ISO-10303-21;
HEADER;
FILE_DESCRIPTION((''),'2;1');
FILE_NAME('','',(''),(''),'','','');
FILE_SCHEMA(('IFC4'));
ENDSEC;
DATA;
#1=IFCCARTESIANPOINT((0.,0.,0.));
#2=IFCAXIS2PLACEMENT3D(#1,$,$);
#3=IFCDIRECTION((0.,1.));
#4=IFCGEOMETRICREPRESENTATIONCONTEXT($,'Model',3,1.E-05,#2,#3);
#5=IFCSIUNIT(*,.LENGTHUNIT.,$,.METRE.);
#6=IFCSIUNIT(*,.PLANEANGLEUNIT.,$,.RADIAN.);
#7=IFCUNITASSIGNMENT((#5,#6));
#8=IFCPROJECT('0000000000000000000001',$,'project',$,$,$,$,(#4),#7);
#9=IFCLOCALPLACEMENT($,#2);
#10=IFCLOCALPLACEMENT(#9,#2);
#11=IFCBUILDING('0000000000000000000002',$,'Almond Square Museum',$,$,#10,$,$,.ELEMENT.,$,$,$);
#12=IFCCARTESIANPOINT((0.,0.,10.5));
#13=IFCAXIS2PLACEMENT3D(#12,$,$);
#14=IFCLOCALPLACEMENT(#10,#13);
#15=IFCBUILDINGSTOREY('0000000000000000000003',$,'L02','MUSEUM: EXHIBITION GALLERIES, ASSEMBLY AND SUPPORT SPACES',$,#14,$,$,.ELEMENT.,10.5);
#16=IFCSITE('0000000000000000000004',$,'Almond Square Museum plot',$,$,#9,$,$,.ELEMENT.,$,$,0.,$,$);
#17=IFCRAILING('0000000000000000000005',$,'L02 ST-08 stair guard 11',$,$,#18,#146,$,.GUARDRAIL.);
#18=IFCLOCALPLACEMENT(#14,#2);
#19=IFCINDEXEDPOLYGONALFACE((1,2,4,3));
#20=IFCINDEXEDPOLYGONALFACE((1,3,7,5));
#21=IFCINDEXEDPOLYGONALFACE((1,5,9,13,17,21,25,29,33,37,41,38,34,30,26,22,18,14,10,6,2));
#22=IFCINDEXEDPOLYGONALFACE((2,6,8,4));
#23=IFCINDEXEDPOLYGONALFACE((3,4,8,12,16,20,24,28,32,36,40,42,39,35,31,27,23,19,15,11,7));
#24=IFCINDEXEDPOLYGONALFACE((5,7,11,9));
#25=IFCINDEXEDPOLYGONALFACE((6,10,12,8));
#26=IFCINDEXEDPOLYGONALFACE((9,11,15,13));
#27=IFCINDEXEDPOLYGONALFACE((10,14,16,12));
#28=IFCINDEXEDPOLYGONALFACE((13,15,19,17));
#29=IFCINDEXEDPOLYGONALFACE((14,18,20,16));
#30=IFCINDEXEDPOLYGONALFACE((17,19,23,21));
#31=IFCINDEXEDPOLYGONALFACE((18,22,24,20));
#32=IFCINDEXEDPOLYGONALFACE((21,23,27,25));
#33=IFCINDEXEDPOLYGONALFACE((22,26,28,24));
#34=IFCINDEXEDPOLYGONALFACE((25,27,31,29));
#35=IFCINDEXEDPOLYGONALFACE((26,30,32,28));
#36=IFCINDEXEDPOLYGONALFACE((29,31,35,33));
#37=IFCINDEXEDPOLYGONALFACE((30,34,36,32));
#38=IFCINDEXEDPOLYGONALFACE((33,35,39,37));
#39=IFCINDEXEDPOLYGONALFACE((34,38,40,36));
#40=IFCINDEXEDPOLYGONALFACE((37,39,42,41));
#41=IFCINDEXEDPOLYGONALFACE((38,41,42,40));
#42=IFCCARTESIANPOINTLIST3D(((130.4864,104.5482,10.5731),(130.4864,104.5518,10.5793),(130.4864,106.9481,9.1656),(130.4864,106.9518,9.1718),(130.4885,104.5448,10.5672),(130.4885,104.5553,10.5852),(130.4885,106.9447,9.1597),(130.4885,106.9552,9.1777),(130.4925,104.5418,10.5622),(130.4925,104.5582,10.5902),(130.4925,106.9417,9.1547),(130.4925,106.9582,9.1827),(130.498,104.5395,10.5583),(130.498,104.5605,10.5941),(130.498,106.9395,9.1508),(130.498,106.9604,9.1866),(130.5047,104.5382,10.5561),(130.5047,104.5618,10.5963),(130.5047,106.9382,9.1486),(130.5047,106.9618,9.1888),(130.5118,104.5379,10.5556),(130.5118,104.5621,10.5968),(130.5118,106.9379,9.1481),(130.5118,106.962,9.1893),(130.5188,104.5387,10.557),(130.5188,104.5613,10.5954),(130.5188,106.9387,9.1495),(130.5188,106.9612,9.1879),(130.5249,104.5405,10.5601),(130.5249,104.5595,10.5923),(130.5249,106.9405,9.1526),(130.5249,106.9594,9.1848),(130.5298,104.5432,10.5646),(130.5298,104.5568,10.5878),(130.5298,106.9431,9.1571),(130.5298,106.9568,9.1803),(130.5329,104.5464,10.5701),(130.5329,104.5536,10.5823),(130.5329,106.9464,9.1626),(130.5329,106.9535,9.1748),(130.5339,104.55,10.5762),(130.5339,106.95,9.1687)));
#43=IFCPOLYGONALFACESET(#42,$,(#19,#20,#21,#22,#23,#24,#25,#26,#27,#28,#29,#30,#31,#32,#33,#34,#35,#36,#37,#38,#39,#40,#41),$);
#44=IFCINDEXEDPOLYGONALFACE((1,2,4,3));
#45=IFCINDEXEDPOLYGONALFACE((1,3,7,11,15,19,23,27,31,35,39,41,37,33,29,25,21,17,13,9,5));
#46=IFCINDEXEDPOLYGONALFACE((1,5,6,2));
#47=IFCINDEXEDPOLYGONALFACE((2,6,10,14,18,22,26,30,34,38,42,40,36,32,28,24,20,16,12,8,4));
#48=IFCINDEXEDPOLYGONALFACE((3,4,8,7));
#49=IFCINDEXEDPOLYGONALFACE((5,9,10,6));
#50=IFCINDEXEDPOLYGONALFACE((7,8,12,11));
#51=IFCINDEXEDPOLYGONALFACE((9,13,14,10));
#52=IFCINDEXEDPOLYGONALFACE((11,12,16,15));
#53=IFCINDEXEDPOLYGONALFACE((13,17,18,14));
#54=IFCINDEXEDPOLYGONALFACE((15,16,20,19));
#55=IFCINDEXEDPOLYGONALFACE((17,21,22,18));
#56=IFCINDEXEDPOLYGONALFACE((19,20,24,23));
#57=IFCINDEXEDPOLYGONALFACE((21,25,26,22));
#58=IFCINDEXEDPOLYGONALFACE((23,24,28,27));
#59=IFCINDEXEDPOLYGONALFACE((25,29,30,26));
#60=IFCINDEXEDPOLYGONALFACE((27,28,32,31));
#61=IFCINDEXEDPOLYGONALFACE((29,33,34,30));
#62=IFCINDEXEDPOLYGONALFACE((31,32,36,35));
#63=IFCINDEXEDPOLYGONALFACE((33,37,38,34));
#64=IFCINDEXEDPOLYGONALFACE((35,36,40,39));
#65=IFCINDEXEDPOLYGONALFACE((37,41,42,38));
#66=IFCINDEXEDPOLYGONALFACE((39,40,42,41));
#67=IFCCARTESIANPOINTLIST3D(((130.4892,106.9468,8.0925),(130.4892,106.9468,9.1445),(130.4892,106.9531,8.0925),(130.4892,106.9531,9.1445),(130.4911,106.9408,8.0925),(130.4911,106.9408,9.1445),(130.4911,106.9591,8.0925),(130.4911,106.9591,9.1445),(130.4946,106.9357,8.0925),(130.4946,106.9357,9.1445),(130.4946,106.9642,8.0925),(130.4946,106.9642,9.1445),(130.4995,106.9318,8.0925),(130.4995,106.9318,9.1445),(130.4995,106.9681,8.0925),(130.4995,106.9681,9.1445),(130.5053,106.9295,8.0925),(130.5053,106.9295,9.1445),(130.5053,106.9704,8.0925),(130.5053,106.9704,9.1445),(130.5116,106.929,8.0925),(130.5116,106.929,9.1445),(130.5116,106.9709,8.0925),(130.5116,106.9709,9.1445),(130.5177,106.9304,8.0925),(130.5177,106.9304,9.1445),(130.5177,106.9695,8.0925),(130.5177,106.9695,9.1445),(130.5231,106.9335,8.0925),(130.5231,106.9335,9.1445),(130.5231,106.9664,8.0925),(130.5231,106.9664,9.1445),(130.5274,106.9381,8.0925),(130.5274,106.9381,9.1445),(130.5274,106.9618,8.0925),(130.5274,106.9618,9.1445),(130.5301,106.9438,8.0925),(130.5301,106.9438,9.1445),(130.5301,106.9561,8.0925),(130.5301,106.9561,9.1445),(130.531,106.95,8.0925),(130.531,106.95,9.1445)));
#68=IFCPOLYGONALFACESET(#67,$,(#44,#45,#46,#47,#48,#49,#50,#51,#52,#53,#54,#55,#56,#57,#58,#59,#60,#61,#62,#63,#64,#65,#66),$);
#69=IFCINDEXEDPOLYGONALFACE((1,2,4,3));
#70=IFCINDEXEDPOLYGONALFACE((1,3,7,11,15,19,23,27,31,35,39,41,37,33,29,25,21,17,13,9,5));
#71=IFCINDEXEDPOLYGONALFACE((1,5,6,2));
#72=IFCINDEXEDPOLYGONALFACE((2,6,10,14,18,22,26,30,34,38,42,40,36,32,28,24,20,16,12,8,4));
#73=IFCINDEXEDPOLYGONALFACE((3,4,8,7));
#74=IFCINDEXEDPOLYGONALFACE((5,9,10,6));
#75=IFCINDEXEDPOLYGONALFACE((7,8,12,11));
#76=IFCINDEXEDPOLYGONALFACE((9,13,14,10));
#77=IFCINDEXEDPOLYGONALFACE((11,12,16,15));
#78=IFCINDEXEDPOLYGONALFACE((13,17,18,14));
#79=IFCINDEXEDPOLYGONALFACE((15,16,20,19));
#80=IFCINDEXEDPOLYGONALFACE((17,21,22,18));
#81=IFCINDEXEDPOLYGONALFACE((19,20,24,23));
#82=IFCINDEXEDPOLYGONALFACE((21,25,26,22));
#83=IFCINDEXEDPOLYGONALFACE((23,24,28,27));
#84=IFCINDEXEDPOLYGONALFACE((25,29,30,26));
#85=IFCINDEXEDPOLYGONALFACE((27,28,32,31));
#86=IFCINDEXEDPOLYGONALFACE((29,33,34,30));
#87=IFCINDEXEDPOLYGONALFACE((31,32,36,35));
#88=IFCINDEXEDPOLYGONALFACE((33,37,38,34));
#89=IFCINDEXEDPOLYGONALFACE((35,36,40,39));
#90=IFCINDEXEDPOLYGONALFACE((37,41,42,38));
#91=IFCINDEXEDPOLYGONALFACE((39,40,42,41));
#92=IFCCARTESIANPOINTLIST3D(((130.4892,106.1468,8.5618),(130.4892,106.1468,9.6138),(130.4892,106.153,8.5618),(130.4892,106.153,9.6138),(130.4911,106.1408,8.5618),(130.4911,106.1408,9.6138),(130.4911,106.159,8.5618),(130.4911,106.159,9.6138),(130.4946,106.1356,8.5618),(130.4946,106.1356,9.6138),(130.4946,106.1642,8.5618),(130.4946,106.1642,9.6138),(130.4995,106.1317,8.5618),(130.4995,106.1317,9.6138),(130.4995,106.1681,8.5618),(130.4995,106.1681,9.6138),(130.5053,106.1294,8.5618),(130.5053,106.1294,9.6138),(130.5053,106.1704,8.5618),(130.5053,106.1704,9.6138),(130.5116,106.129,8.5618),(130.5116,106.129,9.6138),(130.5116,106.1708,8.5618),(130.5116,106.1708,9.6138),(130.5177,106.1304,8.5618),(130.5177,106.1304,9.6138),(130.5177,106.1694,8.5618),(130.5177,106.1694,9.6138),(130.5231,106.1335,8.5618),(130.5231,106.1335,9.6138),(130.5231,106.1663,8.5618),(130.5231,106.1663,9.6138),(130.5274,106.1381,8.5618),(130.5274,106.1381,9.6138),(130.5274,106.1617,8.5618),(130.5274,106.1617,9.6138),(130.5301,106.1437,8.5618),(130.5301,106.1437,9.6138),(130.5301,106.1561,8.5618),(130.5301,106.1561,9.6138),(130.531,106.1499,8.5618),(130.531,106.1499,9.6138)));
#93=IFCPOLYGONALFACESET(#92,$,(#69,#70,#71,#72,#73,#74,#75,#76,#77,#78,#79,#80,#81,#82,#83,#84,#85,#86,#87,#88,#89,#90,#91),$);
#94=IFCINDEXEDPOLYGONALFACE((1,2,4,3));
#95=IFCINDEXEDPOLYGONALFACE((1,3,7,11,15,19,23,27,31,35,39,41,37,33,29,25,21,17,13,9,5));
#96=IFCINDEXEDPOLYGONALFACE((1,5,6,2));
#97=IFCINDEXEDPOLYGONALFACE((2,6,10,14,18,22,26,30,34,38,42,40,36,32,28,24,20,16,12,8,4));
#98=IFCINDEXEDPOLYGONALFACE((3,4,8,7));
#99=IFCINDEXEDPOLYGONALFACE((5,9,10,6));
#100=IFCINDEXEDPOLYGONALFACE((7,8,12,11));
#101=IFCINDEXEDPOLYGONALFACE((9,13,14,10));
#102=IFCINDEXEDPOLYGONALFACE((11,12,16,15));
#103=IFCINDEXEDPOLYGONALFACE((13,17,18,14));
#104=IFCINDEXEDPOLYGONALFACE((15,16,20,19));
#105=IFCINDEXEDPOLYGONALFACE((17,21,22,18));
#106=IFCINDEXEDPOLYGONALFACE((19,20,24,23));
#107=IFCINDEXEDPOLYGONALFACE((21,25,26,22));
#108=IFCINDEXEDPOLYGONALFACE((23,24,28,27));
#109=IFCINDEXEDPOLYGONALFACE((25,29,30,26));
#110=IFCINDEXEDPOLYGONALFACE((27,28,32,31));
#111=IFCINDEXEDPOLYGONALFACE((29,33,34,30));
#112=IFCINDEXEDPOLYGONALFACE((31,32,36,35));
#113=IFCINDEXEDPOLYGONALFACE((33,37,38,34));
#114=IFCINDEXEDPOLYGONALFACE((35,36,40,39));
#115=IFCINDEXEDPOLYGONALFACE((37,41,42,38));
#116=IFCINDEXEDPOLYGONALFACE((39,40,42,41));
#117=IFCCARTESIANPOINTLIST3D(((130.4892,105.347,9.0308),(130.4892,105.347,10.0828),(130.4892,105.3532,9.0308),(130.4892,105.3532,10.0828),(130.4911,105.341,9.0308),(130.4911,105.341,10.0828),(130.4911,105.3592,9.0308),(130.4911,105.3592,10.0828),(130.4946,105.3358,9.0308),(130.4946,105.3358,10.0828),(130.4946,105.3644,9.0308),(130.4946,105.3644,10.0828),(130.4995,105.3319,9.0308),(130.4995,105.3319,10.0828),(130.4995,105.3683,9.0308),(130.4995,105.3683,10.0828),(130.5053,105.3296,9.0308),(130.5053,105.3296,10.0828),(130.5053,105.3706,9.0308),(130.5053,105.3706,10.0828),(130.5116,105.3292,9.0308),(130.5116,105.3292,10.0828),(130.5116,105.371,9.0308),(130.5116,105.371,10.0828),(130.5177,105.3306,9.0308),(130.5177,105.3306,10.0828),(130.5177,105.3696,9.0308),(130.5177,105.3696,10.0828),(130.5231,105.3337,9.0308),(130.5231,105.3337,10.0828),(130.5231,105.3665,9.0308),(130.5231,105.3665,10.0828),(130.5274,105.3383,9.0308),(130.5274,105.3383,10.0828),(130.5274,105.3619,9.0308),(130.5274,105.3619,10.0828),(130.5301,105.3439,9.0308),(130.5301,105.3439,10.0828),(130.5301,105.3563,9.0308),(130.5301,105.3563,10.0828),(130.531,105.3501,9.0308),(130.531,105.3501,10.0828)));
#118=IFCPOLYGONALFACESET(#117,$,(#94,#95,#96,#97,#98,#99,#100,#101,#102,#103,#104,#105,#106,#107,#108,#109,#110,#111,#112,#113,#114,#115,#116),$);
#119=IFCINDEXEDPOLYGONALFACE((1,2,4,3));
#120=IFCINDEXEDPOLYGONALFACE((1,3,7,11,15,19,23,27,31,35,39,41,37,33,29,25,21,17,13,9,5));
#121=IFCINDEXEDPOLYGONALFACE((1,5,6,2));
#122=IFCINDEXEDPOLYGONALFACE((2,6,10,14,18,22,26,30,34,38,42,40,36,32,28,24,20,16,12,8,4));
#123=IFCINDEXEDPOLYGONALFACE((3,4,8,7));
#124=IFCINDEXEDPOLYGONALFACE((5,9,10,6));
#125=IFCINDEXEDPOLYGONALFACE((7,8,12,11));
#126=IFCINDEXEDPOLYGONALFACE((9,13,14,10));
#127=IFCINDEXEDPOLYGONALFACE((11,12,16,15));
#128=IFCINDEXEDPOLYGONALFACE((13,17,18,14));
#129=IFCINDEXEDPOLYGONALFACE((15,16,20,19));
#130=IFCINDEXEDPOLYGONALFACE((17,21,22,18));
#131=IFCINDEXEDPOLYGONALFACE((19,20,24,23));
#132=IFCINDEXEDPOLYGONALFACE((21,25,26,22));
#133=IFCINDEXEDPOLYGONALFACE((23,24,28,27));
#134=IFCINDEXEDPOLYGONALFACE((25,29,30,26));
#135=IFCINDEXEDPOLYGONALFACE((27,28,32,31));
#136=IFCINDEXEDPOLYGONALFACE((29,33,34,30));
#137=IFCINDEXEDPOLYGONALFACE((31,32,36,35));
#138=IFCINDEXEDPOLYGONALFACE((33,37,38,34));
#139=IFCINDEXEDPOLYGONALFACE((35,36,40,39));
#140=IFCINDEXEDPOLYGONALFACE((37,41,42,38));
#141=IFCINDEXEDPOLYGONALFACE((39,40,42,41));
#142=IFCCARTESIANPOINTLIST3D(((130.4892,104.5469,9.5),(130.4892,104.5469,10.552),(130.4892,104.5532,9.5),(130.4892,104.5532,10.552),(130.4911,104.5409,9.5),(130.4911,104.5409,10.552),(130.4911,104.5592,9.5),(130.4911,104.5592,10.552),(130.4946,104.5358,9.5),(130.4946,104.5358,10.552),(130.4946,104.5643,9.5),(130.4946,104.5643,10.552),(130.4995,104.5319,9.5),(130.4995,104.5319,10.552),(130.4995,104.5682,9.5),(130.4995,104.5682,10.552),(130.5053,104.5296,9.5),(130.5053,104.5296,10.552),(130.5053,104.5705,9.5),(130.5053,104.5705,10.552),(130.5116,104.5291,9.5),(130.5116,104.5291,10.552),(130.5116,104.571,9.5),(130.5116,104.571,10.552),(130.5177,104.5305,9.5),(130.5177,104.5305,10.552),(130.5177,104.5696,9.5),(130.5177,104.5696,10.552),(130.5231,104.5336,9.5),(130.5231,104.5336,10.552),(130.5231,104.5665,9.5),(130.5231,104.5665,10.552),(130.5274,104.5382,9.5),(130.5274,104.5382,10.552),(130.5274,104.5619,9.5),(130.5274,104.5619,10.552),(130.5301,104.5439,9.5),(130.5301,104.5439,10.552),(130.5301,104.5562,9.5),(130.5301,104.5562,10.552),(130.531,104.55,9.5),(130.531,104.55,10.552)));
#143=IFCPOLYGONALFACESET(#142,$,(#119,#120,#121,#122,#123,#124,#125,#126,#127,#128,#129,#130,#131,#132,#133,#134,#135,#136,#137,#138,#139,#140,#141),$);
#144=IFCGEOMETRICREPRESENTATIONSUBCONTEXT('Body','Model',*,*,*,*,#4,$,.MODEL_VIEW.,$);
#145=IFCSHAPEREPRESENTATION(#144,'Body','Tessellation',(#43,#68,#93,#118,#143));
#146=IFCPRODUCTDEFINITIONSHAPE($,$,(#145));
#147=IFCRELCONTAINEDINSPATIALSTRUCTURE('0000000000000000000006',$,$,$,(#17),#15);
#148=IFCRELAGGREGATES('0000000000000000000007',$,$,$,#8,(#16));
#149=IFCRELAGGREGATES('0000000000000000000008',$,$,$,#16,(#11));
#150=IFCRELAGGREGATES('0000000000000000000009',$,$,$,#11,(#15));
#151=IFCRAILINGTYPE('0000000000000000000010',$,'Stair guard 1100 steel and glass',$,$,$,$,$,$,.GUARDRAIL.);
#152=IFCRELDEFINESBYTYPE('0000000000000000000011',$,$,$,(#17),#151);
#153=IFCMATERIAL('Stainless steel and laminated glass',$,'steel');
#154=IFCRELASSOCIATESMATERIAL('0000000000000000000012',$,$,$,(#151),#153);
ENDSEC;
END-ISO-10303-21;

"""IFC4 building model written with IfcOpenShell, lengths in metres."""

from ifc_helpers import new_model, si_unit, direction, frame, origin, origin_2d, place, context, subcontext, project, spatial, circle, extrude, material, type_object, element, save


model = new_model("IFC4")

# Units and contexts
model_context = context("Model", 3, precision=1e-05, world=origin(), true_north=direction((0.0, 1.0)))
body_context = subcontext(model_context, "Body", "Model", "MODEL_VIEW")
ifc_project = project(units=[si_unit("LENGTHUNIT", "METRE"), si_unit("PLANEANGLEUNIT", "RADIAN")], contexts=[model_context])

# Site, building, storey
site_placement = place(None, origin())
site = spatial("IfcSite", under=ifc_project, at=site_placement, Name="Almond Square Museum plot", CompositionType="ELEMENT", RefElevation=0.0)
building_placement = place(site_placement, origin())
building = spatial("IfcBuilding", under=site, at=building_placement, Name="Almond Square Museum", CompositionType="ELEMENT")
storey_placement = place(building_placement, frame((0.0, 0.0, 10.5)))
storey = spatial("IfcBuildingStorey", under=building, at=storey_placement, Name="L02", Description="MUSEUM: EXHIBITION GALLERIES, ASSEMBLY AND SUPPORT SPACES", CompositionType="ELEMENT", Elevation=10.5)

# Railing
ifc_material_1 = material(Name="Stainless steel and laminated glass", Category="steel")
railing_type_1 = type_object("IfcRailingType", Name="Stair guard 1100 steel and glass", PredefinedType="GUARDRAIL", material=ifc_material_1)
railing_1_placement = place(storey_placement, frame((130.51, 106.95, 8.0925)))
element("IfcRailing", 1, at=railing_1_placement, inside=storey, type_object=railing_type_1, Name="L02 ST-08 stair guard 11", PredefinedType="GUARDRAIL", context=body_context, shape_type="SweptSolid", body=[
    extrude(circle(Radius=0.0239, at=origin_2d()), frame((0.0, 0.0, 1.0762), z_axis=(0.0, -0.862599, 0.505888), x_axis=(1.0, 0.0, 0.0)), (0.0, 0.0, 1.0), 2.7822),
    extrude(circle(Radius=0.021, at=origin_2d()), origin(), (0.0, 0.0, 1.0), 1.052),
    extrude(circle(Radius=0.021, at=origin_2d()), frame((0.0, -0.8, 0.4692)), (0.0, 0.0, 1.0), 1.052),
    extrude(circle(Radius=0.021, at=origin_2d()), frame((0.0, -1.5999, 0.9382)), (0.0, 0.0, 1.0), 1.052),
    extrude(circle(Radius=0.021, at=origin_2d()), frame((0.0, -2.3999, 1.4075)), (0.0, 0.0, 1.0), 1.052),
])

save(model, "model.ifc")
